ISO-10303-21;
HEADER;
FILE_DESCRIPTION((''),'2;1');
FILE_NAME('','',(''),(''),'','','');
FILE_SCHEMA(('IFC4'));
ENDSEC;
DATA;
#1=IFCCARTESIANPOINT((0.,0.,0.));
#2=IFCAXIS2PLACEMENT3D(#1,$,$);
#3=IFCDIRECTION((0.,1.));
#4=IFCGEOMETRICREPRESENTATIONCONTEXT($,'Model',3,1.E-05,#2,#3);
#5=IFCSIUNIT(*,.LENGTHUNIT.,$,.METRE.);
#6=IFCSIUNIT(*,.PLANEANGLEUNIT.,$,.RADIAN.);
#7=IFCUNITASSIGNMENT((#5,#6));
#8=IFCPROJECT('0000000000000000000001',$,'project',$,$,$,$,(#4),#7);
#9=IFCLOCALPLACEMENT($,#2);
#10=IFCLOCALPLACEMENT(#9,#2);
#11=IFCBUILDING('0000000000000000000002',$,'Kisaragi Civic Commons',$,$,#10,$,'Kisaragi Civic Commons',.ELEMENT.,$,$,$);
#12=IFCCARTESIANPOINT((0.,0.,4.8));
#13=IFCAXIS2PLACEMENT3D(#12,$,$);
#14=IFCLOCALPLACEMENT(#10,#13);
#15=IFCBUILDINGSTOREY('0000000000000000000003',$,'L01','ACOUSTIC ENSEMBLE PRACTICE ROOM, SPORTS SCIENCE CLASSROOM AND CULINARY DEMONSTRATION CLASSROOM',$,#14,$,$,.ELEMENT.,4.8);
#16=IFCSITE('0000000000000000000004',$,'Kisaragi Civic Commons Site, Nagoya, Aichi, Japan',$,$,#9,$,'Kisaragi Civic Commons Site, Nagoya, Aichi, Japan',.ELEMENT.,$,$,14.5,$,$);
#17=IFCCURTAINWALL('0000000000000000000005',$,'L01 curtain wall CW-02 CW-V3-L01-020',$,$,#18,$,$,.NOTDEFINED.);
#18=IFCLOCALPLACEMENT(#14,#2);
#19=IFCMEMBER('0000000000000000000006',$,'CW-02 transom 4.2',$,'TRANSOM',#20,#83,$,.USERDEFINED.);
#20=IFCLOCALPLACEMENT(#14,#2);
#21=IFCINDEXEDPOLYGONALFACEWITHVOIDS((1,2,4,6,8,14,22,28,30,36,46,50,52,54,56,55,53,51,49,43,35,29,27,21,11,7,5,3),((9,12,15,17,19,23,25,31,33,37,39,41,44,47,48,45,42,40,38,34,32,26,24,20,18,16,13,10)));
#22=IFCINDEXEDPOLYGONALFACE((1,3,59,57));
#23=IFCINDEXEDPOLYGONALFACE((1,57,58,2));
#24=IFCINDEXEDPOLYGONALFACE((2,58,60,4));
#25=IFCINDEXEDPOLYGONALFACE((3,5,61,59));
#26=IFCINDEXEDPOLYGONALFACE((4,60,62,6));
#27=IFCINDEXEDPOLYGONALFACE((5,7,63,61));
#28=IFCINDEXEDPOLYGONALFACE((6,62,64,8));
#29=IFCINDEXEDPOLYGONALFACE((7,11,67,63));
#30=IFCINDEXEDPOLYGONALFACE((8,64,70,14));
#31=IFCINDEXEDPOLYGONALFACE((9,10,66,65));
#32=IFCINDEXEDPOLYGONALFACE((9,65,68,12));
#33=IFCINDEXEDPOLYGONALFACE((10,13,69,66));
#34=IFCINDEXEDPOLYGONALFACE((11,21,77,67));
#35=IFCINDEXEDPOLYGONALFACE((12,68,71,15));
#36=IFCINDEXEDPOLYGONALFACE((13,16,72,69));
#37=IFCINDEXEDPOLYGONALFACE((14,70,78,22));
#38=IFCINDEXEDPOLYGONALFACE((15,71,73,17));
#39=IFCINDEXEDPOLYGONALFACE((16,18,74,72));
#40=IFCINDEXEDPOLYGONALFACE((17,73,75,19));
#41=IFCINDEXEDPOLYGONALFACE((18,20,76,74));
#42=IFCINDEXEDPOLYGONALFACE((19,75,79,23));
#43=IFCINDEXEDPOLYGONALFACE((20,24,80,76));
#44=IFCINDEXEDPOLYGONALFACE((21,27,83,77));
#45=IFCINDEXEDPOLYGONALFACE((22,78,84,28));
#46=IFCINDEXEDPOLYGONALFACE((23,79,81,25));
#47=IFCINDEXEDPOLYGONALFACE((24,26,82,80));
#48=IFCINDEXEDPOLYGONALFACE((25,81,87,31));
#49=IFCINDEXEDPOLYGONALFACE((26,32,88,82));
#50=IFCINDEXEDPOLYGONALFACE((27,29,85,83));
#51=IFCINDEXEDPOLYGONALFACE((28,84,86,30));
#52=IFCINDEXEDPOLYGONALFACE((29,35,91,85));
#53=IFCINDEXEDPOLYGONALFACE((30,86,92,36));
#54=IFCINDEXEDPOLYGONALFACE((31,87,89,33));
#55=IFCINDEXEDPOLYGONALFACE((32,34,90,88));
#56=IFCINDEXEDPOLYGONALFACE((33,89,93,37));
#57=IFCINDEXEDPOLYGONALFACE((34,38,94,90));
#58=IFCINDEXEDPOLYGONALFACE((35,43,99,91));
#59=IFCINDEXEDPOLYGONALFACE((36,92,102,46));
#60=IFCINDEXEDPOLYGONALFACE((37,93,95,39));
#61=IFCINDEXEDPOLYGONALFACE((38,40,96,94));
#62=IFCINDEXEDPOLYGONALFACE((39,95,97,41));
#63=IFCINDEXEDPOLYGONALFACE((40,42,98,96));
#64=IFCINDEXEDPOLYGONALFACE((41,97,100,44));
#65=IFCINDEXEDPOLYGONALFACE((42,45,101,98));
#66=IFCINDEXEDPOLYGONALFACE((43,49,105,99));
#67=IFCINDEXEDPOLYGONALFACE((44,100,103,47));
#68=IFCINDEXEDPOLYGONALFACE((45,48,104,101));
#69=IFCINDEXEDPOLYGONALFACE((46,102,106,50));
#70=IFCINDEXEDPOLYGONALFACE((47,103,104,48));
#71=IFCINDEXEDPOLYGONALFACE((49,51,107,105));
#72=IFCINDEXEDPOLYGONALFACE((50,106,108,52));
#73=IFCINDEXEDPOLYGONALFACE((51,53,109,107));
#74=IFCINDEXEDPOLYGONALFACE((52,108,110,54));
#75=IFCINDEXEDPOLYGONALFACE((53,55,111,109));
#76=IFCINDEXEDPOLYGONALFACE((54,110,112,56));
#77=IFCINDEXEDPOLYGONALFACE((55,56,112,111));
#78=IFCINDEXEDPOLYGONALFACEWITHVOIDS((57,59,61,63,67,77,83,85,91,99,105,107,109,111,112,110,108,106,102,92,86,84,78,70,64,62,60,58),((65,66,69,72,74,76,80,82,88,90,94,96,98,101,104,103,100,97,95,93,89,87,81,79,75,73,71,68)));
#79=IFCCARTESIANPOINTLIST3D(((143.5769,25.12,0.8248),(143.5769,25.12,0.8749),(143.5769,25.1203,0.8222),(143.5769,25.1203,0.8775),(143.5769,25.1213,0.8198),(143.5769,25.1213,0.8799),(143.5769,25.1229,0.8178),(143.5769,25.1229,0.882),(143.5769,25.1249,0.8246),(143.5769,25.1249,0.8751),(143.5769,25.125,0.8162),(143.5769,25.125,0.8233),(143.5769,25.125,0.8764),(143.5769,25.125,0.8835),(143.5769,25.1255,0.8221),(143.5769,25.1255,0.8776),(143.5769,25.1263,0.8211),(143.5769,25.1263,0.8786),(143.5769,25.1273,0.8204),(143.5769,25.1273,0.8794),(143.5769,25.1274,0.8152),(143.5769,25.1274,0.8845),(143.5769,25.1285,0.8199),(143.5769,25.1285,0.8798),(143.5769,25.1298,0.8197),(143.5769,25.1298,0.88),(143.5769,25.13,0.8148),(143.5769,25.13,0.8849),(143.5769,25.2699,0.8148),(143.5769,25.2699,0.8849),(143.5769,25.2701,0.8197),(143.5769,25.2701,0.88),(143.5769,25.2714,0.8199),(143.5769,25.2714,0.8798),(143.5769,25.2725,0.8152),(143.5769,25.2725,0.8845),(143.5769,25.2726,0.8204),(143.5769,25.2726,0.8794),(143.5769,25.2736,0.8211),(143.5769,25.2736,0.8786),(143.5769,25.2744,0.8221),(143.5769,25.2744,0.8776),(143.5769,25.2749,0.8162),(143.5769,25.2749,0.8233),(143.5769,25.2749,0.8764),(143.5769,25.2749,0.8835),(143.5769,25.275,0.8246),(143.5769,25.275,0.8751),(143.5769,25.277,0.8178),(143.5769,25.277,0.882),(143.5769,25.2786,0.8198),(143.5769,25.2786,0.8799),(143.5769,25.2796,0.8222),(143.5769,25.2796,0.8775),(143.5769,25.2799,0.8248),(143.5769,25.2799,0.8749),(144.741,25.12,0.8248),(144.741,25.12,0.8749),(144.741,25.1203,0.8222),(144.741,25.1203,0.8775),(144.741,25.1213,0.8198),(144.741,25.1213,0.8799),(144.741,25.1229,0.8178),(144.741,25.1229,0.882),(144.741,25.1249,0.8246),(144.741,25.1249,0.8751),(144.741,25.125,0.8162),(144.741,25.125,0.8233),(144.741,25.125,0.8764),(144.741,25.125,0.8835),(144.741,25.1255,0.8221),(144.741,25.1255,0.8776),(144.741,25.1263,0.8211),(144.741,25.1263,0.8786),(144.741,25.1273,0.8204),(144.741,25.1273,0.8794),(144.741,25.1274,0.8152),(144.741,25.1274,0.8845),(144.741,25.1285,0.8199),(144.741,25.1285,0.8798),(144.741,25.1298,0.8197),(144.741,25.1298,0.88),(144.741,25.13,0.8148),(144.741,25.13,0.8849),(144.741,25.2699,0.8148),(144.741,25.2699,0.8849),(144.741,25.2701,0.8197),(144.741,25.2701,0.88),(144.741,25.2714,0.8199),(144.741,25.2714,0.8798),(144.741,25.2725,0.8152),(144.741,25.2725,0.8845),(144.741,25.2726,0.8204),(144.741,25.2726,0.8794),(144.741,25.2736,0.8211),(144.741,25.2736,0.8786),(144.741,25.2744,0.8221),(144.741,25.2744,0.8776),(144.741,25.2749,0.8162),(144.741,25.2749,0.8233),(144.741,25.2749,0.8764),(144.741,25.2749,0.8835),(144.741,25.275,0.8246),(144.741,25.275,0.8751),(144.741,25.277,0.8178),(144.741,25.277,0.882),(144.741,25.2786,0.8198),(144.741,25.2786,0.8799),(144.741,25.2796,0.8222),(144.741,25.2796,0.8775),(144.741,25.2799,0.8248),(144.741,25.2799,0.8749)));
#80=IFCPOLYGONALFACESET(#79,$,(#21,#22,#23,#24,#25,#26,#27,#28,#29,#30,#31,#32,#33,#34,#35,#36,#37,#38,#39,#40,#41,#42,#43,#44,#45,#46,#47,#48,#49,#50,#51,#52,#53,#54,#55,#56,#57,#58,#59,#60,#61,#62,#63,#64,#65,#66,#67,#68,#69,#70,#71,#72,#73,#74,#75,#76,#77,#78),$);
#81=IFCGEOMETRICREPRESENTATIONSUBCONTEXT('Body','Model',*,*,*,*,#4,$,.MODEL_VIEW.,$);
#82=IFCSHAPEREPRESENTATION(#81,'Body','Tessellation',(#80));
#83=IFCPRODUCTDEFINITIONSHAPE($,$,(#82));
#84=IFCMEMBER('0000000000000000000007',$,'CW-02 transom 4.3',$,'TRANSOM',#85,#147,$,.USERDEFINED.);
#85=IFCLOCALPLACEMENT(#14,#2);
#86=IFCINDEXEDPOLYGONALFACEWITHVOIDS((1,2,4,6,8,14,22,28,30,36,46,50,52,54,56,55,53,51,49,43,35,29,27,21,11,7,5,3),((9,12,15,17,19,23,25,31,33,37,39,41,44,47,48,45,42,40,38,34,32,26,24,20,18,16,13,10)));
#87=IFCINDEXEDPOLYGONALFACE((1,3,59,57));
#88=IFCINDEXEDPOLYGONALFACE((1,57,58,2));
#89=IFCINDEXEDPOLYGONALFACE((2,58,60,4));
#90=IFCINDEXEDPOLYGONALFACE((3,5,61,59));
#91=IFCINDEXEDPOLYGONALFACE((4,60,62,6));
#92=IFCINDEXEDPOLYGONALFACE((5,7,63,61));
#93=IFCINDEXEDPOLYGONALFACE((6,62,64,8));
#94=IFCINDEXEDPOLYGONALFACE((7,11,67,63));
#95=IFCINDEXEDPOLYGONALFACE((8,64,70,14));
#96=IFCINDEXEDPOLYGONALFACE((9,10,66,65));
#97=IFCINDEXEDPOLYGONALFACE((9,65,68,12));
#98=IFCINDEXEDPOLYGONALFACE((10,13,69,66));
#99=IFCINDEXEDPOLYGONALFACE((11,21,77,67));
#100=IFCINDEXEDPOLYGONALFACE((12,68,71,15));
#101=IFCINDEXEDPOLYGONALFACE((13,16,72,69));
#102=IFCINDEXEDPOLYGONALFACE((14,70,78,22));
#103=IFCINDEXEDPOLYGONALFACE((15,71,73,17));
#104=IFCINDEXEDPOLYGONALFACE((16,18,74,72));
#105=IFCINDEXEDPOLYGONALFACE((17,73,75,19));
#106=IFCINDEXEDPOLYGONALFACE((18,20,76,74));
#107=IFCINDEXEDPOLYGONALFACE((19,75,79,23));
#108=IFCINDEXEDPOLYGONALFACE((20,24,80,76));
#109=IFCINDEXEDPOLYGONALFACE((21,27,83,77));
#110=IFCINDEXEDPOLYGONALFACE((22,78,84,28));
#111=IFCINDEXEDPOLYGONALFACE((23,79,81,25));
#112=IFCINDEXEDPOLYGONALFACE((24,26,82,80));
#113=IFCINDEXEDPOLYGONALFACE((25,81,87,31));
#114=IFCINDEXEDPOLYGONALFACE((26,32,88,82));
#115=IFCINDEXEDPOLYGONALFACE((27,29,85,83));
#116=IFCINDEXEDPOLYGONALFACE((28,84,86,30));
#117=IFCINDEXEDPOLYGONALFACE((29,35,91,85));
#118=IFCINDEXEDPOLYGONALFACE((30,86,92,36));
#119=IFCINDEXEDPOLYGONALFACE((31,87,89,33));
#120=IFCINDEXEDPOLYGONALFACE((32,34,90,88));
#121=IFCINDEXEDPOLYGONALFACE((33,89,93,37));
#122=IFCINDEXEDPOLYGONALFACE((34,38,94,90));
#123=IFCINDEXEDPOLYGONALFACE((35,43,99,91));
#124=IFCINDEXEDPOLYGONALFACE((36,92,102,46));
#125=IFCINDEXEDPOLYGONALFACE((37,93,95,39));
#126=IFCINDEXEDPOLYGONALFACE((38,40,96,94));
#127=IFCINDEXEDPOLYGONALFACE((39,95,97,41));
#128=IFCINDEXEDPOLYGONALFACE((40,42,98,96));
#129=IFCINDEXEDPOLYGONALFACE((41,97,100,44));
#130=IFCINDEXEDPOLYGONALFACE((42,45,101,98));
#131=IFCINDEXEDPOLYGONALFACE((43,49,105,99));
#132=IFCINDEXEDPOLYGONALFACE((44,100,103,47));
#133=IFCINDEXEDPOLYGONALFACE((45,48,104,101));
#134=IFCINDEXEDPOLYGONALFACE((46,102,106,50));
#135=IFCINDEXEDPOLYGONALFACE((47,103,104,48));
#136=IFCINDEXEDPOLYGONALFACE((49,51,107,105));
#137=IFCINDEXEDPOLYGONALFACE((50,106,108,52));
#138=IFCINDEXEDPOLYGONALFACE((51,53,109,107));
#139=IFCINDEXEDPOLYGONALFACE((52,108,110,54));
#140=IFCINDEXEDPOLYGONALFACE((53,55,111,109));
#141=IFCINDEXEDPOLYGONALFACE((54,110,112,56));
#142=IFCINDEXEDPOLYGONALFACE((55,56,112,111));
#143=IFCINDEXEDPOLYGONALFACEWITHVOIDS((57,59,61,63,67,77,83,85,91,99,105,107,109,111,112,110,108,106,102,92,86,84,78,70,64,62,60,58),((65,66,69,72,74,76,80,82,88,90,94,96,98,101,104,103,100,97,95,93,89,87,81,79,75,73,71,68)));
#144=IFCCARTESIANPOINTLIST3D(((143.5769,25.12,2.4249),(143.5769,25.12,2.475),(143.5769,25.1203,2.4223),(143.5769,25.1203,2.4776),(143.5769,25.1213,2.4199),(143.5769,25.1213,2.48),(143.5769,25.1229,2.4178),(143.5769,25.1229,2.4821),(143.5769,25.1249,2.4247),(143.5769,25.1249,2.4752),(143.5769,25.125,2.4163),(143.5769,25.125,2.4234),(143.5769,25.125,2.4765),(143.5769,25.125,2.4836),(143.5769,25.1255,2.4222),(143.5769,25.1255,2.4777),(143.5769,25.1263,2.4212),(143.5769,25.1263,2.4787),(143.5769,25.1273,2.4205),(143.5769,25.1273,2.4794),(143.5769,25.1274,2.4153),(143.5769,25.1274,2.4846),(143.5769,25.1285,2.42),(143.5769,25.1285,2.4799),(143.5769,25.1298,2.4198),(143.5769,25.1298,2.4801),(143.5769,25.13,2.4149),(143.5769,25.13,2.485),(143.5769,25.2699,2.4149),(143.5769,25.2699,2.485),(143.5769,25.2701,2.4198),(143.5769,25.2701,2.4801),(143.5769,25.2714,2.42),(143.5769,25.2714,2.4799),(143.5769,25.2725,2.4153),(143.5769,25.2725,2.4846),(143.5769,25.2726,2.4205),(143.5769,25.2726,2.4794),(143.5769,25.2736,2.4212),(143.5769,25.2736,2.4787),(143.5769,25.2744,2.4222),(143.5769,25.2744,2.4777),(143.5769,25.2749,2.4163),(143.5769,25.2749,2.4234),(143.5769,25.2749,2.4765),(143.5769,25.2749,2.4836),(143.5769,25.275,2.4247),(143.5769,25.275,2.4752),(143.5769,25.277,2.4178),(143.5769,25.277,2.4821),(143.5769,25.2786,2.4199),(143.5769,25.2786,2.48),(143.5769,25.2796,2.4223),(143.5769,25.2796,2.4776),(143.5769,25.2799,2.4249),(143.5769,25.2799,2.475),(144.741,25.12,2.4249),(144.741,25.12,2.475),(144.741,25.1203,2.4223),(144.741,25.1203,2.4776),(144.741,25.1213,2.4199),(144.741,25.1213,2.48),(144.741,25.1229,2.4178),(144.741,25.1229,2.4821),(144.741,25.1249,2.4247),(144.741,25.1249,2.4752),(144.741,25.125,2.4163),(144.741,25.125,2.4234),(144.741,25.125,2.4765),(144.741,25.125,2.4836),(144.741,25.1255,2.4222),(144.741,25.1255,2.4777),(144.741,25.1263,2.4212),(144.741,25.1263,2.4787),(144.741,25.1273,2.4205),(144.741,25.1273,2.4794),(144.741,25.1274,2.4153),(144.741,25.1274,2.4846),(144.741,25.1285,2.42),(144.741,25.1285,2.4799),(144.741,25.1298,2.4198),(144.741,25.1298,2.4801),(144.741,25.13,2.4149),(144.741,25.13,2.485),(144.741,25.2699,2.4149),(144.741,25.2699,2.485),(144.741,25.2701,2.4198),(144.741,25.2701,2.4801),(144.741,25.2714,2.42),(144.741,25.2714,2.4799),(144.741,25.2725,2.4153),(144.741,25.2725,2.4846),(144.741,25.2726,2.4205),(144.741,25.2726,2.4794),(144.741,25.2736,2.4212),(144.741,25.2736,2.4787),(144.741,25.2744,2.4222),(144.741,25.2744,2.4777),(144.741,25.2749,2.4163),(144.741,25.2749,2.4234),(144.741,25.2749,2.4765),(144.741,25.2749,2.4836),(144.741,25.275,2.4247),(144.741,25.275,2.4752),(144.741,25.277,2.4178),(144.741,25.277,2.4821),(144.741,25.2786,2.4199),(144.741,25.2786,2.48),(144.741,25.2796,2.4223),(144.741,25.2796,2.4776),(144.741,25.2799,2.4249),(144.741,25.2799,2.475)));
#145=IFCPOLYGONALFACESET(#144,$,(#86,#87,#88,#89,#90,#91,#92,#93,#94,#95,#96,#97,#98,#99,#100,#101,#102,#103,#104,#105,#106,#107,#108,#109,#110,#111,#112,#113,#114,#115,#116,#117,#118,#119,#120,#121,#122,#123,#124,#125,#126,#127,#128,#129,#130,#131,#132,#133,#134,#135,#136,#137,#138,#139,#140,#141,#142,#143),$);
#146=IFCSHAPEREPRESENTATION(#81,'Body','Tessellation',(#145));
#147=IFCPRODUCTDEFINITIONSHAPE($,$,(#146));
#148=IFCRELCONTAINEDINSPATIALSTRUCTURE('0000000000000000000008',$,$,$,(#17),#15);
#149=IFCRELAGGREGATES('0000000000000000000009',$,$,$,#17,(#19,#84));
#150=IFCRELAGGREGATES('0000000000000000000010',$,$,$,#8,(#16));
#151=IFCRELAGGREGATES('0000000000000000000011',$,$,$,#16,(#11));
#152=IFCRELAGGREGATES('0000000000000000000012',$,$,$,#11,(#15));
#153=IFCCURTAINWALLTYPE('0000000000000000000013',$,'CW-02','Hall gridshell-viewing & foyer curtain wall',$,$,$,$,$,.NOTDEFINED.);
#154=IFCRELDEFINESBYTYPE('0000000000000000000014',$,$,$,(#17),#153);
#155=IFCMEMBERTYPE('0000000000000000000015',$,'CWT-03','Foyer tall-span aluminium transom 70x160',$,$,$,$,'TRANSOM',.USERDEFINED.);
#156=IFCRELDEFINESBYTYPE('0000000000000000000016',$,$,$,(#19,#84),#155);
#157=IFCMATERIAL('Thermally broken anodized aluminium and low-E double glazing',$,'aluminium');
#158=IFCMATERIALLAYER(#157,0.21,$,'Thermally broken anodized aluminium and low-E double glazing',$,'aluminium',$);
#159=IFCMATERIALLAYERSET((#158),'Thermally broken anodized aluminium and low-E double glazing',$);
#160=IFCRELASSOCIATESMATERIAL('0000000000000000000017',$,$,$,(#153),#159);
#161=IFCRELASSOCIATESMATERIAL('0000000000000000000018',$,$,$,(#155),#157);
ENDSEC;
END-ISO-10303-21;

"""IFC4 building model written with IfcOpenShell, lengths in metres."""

from ifc_helpers import new_model, si_unit, direction, frame, origin, origin_2d, place, context, subcontext, project, spatial, hollow_rectangle, extrude, material, layer, layer_set, material_profile, profile_set, type_object, element, aggregate, save


model = new_model("IFC4")

# Units and contexts
model_context = context("Model", 3, precision=1e-05, world=origin(), true_north=direction((0.0, 1.0)))
body_context = subcontext(model_context, "Body", "Model", "MODEL_VIEW")
ifc_project = project(units=[si_unit("LENGTHUNIT", "METRE"), si_unit("PLANEANGLEUNIT", "RADIAN")], contexts=[model_context])

# Site, building, storey
site_placement = place(None, origin())
site = spatial("IfcSite", under=ifc_project, at=site_placement, Name="Kisaragi Civic Commons Site, Nagoya, Aichi, Japan", LongName="Kisaragi Civic Commons Site, Nagoya, Aichi, Japan", CompositionType="ELEMENT", RefElevation=14.5)
building_placement = place(site_placement, origin())
building = spatial("IfcBuilding", under=site, at=building_placement, Name="Kisaragi Civic Commons", LongName="Kisaragi Civic Commons", CompositionType="ELEMENT")
storey_placement = place(building_placement, frame((0.0, 0.0, 4.8)))
storey = spatial("IfcBuildingStorey", under=building, at=storey_placement, Name="L01", Description="ACOUSTIC ENSEMBLE PRACTICE ROOM, SPORTS SCIENCE CLASSROOM AND CULINARY DEMONSTRATION CLASSROOM", CompositionType="ELEMENT", Elevation=4.8)

# Curtain wall, members
ifc_material = material(Name="Thermally broken anodized aluminium and low-E double glazing", Category="aluminium")
ifc_layer_1 = layer(ifc_material, 0.21, Name="Thermally broken anodized aluminium and low-E double glazing", Category="aluminium")
ifc_layer_set_1 = layer_set([ifc_layer_1], Name="Thermally broken anodized aluminium and low-E double glazing")
curtain_wall_type = type_object("IfcCurtainWallType", Name="CW-02", Description="Hall gridshell-viewing & foyer curtain wall", PredefinedType="NOTDEFINED", material=ifc_layer_set_1)
curtain_wall_placement = place(storey_placement, origin())
curtain_wall = element("IfcCurtainWall", 1, at=curtain_wall_placement, inside=storey, type_object=curtain_wall_type, Name="L01 curtain wall CW-02 CW-V3-L01-020", PredefinedType="NOTDEFINED")
ifc_material_profile_1 = material_profile(ifc_material, hollow_rectangle(XDim=0.1599, YDim=0.0701, WallThickness=0.0049, InnerFilletRadius=0.0049, OuterFilletRadius=0.01, at=origin_2d()), Name="CWT-70x160x5", Category="aluminium")
ifc_profile_set_1 = profile_set([ifc_material_profile_1], Name="Thermally broken anodized aluminium and low-E double glazing")
member_type_1 = type_object("IfcMemberType", Name="CWT-03", Description="Foyer tall-span aluminium transom 70x160", ElementType="TRANSOM", PredefinedType="USERDEFINED", material=ifc_profile_set_1)
member_1_placement = place(storey_placement, frame((143.5769, 25.2, 0.8499), z_axis=(1.0, 0.0, 0.0), x_axis=(0.0, 1.0, 0.0)))
member_1 = element("IfcMember", 2, at=member_1_placement, type_object=member_type_1, Name="CW-02 transom 4.2", ObjectType="TRANSOM", PredefinedType="USERDEFINED", context=body_context, shape_type="SweptSolid", body=[
    extrude(hollow_rectangle(XDim=0.1599, YDim=0.0701, WallThickness=0.0049, InnerFilletRadius=0.0049, OuterFilletRadius=0.01, at=origin_2d()), origin(), (0.0, 0.0, 1.0), 1.1641),
])
member_2_placement = place(storey_placement, frame((143.5769, 25.2, 2.45), z_axis=(1.0, 0.0, 0.0), x_axis=(0.0, 1.0, 0.0)))
member_2 = element("IfcMember", 3, at=member_2_placement, type_object=member_type_1, Name="CW-02 transom 4.3", ObjectType="TRANSOM", PredefinedType="USERDEFINED", context=body_context, shape_type="SweptSolid", body=[
    extrude(hollow_rectangle(XDim=0.1599, YDim=0.0701, WallThickness=0.0049, InnerFilletRadius=0.0049, OuterFilletRadius=0.01, at=origin_2d()), origin(), (0.0, 0.0, 1.0), 1.1641),
])
aggregate(curtain_wall, [member_1, member_2])

save(model, "model.ifc")
